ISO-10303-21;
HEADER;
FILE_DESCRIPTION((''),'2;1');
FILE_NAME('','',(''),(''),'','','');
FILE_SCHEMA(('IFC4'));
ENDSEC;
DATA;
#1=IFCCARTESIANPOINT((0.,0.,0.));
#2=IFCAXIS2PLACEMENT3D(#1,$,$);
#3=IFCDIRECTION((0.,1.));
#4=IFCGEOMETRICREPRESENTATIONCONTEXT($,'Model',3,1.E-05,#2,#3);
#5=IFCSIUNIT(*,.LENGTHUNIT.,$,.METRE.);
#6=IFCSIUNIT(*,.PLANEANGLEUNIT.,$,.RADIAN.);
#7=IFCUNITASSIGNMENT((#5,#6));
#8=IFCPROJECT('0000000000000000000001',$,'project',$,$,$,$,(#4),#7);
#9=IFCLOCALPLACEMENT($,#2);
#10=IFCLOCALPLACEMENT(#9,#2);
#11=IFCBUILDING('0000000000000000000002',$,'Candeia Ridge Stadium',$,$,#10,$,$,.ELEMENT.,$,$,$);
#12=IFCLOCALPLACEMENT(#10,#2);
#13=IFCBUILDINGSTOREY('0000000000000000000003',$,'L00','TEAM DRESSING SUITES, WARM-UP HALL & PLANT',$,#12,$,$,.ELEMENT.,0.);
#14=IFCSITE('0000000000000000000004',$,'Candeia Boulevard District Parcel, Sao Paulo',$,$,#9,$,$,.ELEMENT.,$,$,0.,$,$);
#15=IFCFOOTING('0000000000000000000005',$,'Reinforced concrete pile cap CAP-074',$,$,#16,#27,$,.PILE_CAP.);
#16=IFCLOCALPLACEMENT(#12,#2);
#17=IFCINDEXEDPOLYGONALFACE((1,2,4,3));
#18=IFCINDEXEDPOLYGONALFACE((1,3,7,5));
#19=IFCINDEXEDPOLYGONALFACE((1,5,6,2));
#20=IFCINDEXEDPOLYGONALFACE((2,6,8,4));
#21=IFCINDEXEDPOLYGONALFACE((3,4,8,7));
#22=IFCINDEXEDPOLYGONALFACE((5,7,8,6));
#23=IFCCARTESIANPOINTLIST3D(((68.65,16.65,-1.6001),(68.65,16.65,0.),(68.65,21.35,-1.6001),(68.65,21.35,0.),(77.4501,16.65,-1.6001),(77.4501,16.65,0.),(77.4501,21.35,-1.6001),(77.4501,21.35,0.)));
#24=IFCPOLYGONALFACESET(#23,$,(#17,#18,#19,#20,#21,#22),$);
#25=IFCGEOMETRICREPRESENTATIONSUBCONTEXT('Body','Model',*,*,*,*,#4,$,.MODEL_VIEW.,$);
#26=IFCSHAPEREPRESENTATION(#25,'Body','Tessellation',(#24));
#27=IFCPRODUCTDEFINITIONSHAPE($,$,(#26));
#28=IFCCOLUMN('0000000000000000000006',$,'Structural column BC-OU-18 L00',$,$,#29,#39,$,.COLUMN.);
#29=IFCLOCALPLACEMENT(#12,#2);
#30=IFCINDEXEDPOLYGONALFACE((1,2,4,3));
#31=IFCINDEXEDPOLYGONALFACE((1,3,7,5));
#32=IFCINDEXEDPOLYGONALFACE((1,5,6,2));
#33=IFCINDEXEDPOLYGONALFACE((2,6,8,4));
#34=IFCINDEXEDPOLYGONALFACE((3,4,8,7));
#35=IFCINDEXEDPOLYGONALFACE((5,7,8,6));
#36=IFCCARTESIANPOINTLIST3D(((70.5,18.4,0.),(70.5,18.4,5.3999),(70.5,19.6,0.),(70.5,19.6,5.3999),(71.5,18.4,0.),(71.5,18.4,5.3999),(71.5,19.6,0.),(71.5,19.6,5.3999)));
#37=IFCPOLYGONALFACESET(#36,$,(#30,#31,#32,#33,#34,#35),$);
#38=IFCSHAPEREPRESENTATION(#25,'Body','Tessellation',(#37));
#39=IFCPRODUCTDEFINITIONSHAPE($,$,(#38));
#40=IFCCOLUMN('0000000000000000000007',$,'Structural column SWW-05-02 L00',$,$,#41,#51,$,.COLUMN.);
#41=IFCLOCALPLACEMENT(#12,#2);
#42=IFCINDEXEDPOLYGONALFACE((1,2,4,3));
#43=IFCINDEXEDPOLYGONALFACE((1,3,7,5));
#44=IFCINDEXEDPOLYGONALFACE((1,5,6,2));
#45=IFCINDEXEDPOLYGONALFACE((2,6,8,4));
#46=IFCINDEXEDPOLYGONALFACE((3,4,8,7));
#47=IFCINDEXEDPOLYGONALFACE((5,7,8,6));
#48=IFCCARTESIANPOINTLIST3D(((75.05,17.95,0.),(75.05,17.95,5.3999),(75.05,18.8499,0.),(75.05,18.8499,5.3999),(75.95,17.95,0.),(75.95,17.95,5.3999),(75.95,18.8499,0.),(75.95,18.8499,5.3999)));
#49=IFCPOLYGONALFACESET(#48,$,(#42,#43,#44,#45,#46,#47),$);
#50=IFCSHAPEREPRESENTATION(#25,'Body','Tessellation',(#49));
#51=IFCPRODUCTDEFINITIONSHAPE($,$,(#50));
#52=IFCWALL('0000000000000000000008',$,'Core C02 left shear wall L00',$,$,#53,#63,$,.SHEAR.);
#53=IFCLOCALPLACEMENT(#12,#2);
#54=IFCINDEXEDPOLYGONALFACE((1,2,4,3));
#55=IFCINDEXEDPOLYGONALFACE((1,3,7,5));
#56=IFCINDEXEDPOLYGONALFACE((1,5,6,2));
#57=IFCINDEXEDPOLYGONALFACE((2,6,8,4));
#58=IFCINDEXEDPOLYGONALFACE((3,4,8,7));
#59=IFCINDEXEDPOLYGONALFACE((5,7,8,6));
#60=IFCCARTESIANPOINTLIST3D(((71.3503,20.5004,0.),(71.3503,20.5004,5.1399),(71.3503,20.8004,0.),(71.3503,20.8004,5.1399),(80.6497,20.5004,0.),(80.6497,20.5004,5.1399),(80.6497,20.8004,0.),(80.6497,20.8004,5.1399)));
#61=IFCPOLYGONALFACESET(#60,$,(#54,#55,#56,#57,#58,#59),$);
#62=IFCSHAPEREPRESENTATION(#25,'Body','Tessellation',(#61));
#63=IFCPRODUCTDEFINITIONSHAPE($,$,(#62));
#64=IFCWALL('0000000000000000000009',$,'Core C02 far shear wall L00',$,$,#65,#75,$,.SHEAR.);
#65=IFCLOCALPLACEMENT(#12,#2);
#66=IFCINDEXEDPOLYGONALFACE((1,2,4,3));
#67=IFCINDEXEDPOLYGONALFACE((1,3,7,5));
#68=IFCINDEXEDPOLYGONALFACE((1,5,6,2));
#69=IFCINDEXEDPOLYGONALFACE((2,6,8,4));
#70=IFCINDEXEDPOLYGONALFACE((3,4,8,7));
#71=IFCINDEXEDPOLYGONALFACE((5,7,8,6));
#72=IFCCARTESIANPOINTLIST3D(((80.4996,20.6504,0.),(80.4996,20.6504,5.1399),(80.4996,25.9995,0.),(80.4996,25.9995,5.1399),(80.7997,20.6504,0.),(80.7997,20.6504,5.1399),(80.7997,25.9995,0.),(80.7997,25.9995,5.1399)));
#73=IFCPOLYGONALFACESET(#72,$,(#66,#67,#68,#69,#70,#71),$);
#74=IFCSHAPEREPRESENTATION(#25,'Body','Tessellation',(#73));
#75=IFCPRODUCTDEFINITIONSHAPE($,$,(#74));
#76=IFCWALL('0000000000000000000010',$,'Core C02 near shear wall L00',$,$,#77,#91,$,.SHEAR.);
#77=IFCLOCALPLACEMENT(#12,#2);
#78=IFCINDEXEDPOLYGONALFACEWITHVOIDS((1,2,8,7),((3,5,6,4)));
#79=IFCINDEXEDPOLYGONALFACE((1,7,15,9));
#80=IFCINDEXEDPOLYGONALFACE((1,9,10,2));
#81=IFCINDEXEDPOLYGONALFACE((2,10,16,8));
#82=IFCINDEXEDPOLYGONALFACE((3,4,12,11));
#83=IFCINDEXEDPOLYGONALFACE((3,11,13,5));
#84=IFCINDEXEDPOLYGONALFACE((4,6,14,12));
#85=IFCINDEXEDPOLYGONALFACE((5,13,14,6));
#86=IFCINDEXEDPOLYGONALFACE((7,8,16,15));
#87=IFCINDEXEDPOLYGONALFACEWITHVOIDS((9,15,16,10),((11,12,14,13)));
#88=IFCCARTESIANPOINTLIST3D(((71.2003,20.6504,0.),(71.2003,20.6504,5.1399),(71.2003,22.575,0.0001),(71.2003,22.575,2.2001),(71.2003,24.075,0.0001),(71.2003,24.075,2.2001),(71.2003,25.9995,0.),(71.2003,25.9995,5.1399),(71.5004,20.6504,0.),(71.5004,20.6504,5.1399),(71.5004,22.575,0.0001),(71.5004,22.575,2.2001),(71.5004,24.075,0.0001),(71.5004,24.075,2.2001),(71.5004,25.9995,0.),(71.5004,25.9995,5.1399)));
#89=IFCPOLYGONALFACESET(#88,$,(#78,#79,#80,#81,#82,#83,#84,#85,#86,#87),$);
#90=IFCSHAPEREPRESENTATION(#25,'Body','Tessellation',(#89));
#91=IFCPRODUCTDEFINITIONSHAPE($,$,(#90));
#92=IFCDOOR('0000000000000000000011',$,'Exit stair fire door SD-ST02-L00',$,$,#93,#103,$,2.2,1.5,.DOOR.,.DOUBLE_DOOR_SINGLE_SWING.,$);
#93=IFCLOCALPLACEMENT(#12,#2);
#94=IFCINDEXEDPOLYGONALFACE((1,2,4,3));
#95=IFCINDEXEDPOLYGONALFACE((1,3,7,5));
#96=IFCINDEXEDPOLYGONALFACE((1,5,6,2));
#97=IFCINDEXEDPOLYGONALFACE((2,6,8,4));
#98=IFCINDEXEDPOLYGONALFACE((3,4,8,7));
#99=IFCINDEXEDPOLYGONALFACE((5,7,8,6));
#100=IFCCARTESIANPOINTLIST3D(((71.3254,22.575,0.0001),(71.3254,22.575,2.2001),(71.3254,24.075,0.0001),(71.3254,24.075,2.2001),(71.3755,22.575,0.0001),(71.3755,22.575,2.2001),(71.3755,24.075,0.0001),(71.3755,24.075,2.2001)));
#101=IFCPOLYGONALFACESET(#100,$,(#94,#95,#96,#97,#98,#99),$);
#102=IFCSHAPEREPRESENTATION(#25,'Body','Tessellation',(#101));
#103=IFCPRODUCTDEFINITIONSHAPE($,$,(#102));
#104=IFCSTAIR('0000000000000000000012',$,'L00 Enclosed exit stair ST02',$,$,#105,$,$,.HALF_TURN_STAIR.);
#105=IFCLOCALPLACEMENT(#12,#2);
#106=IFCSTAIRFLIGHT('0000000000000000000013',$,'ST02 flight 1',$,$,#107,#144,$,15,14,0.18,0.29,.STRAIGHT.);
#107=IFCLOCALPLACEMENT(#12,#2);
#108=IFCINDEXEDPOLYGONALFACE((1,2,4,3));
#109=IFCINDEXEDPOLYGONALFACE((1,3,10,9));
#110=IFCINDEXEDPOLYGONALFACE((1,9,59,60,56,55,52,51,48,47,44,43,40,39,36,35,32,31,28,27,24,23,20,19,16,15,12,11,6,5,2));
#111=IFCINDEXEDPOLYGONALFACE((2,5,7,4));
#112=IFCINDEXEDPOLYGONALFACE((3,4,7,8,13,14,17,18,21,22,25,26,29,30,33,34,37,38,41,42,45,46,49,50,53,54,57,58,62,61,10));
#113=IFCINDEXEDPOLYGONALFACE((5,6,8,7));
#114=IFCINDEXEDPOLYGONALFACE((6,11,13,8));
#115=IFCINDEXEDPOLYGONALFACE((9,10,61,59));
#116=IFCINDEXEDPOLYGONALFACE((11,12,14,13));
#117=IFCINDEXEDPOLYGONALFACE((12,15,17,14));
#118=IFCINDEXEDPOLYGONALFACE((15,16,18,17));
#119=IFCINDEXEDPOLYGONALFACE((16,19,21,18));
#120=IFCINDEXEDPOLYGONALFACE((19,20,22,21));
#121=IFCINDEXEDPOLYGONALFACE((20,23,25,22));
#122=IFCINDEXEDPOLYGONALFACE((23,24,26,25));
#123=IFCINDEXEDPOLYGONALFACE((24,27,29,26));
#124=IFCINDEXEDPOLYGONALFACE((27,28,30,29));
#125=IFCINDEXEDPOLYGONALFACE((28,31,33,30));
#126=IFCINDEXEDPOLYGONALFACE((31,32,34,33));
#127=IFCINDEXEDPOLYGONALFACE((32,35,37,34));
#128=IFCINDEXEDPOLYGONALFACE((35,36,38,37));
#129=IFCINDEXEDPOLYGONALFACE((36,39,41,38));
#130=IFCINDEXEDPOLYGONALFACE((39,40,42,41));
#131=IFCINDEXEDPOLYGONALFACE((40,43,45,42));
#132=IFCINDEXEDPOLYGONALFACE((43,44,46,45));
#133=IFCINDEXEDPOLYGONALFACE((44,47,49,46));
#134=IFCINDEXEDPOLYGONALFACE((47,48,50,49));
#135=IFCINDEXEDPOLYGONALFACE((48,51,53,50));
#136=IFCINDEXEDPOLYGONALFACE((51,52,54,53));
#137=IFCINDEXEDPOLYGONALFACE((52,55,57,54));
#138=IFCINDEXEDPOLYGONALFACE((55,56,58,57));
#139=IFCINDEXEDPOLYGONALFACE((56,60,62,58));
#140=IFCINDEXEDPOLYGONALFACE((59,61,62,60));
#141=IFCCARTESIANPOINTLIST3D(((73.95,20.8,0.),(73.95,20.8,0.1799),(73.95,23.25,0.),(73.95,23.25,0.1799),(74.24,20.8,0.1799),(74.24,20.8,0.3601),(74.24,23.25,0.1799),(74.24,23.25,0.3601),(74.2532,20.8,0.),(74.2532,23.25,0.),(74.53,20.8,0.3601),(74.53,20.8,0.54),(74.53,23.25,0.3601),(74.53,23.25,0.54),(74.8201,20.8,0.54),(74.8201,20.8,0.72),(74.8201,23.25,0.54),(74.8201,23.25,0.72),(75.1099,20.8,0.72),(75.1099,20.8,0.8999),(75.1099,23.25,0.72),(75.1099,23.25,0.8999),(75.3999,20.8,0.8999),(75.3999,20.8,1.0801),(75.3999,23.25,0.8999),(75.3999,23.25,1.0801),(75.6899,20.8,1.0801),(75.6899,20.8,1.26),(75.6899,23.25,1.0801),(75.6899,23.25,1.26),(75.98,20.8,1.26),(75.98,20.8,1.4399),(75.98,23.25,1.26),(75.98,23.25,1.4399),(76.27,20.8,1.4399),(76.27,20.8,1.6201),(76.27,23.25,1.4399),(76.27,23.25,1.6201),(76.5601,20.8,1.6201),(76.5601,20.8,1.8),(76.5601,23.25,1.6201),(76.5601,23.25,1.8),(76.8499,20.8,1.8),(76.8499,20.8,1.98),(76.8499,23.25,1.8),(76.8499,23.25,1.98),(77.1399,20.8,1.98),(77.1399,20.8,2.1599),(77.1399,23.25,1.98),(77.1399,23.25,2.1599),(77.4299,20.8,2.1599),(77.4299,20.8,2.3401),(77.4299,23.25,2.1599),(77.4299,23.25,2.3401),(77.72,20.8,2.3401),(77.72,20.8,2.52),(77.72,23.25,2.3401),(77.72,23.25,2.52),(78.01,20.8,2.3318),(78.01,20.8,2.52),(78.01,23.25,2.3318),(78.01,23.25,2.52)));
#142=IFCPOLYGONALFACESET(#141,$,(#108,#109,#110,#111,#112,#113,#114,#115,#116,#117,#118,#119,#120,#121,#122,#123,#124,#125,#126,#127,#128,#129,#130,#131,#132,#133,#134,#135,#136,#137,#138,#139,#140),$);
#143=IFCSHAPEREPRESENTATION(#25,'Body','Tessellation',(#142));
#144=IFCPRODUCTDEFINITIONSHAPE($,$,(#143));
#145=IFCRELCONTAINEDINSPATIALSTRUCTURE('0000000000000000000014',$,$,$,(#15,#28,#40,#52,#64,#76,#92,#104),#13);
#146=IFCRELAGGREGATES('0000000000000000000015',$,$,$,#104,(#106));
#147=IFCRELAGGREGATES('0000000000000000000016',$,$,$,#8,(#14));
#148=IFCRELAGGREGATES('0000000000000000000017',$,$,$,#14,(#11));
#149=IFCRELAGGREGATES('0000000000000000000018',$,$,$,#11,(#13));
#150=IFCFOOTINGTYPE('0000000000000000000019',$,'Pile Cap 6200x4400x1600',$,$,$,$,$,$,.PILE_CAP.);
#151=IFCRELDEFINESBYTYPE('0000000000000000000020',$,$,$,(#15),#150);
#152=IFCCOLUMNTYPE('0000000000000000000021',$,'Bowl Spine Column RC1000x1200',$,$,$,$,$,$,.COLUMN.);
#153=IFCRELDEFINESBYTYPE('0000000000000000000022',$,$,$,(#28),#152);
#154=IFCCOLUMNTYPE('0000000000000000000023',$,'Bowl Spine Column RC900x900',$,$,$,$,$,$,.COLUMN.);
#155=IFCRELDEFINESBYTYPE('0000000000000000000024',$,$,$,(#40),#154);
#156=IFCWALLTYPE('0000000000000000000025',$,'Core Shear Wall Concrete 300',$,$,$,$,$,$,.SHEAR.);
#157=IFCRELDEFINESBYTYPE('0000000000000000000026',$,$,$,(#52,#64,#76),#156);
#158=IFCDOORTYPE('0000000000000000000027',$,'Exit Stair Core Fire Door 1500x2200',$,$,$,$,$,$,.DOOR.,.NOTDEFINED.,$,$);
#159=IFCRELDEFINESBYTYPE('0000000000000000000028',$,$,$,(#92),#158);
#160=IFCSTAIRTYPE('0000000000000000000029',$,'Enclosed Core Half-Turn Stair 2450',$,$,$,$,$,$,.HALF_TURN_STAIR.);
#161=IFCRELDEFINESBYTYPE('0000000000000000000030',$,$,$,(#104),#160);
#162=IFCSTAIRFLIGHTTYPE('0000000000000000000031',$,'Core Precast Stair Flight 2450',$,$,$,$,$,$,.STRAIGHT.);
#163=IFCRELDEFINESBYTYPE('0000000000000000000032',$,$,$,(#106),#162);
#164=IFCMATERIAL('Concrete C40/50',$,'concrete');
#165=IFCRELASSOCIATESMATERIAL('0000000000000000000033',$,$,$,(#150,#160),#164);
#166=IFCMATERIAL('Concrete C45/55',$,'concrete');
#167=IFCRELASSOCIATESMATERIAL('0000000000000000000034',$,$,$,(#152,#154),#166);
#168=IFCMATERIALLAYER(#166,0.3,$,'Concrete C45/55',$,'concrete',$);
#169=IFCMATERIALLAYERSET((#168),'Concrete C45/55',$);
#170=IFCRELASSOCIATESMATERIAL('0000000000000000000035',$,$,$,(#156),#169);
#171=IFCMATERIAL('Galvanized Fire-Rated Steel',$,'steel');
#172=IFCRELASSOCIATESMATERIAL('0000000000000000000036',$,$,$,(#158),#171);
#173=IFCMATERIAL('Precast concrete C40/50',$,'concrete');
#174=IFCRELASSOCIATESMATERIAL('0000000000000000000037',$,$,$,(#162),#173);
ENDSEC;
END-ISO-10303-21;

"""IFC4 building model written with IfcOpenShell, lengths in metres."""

from ifc_helpers import new_model, si_unit, direction, frame, frame_2d, origin, origin_2d, place, context, subcontext, project, spatial, polyline, rectangle, outline, extrude, material, layer, layer_set, material_profile, profile_set, type_object, element, fill, aggregate, save


model = new_model("IFC4")

# Units and contexts
model_context = context("Model", 3, precision=1e-05, world=origin(), true_north=direction((0.0, 1.0)))
body_context = subcontext(model_context, "Body", "Model", "MODEL_VIEW")
ifc_project = project(units=[si_unit("LENGTHUNIT", "METRE"), si_unit("PLANEANGLEUNIT", "RADIAN")], contexts=[model_context])

# Site, building, storey
site_placement = place(None, origin())
site = spatial("IfcSite", under=ifc_project, at=site_placement, Name="Candeia Boulevard District Parcel, Sao Paulo", CompositionType="ELEMENT", RefElevation=0.0)
building_placement = place(site_placement, origin())
building = spatial("IfcBuilding", under=site, at=building_placement, Name="Candeia Ridge Stadium", CompositionType="ELEMENT")
storey_placement = place(building_placement, origin())
storey = spatial("IfcBuildingStorey", under=building, at=storey_placement, Name="L00", Description="TEAM DRESSING SUITES, WARM-UP HALL & PLANT", CompositionType="ELEMENT", Elevation=0.0)

# Shared definitions
ifc_material_1 = material(Name="Concrete C40/50", Category="concrete")

# Footing
footing_type_1 = type_object("IfcFootingType", Name="Pile Cap 6200x4400x1600", PredefinedType="PILE_CAP", material=ifc_material_1)
footing_1_placement = place(storey_placement, frame((73.05, 19.0, -1.6001), z_axis=(0.0, 0.0, 1.0), x_axis=(1.0, 0.0, 0.0)))
element("IfcFooting", 1, at=footing_1_placement, inside=storey, type_object=footing_type_1, Name="Reinforced concrete pile cap CAP-074", PredefinedType="PILE_CAP", context=body_context, shape_type="SweptSolid", body=[
    extrude(rectangle(XDim=8.8, YDim=4.7, at=origin_2d()), origin(), (0.0, 0.0, 1.0), 1.6001),
])

# Columns
ifc_material_2 = material(Name="Concrete C45/55", Category="concrete")
ifc_material_profile_1 = material_profile(ifc_material_2, rectangle(XDim=1.0, YDim=1.2, at=origin_2d()), Name="RC1000x1200", Category="concrete")
ifc_profile_set_1 = profile_set([ifc_material_profile_1], Name="Concrete C45/55")
column_type_1 = type_object("IfcColumnType", Name="Bowl Spine Column RC1000x1200", PredefinedType="COLUMN", material=ifc_profile_set_1)
column_1_placement = place(storey_placement, frame((71.0, 19.0, 0.0), z_axis=(0.0, 0.0, 1.0), x_axis=(1.0, 0.0, 0.0)))
element("IfcColumn", 2, at=column_1_placement, inside=storey, type_object=column_type_1, Name="Structural column BC-OU-18 L00", PredefinedType="COLUMN", context=body_context, shape_type="SweptSolid", body=[
    extrude(rectangle(XDim=1.0, YDim=1.2, at=origin_2d()), origin(), (0.0, 0.0, 1.0), 5.3999),
])
ifc_material_profile_2 = material_profile(ifc_material_2, rectangle(XDim=0.8999, YDim=0.8999, at=origin_2d()), Name="RC900x900", Category="concrete")
ifc_profile_set_2 = profile_set([ifc_material_profile_2], Name="Concrete C45/55")
column_type_2 = type_object("IfcColumnType", Name="Bowl Spine Column RC900x900", PredefinedType="COLUMN", material=ifc_profile_set_2)
column_2_placement = place(storey_placement, frame((75.5, 18.3999, 0.0), z_axis=(0.0, 0.0, 1.0), x_axis=(1.0, 0.0, 0.0)))
element("IfcColumn", 3, at=column_2_placement, inside=storey, type_object=column_type_2, Name="Structural column SWW-05-02 L00", PredefinedType="COLUMN", context=body_context, shape_type="SweptSolid", body=[
    extrude(rectangle(XDim=0.8999, YDim=0.8999, at=origin_2d()), origin(), (0.0, 0.0, 1.0), 5.3999),
])

# Walls
ifc_layer_1 = layer(ifc_material_2, 0.3, Name="Concrete C45/55", Category="concrete")
ifc_layer_set_1 = layer_set([ifc_layer_1], Name="Concrete C45/55")
wall_type = type_object("IfcWallType", Name="Core Shear Wall Concrete 300", PredefinedType="SHEAR", material=ifc_layer_set_1)
wall_1_placement = place(storey_placement, frame((71.3503, 20.6504, 0.0), z_axis=(0.0, 0.0, 1.0), x_axis=(1.0, 0.0, 0.0)))
element("IfcWall", 4, at=wall_1_placement, inside=storey, type_object=wall_type, Name="Core C02 left shear wall L00", PredefinedType="SHEAR", context=body_context, shape_type="SweptSolid", body=[
    extrude(rectangle(XDim=9.2993, YDim=0.3, at=frame_2d((4.6497, 0.0))), origin(), (0.0, 0.0, 1.0), 5.1399),
])
wall_2_placement = place(storey_placement, frame((80.6497, 20.6504, 0.0), z_axis=(0.0, 0.0, 1.0), x_axis=(0.0, 1.0, 0.0)))
element("IfcWall", 5, at=wall_2_placement, inside=storey, type_object=wall_type, Name="Core C02 far shear wall L00", PredefinedType="SHEAR", context=body_context, shape_type="SweptSolid", body=[
    extrude(rectangle(XDim=5.3491, YDim=0.3, at=frame_2d((2.6746, 0.0))), origin(), (0.0, 0.0, 1.0), 5.1399),
])

# Wall, opening, door
wall_3_placement = place(storey_placement, frame((71.3503, 25.9995, 0.0), z_axis=(0.0, 0.0, 1.0), x_axis=(0.0, -1.0, 0.0)))
wall_3 = element("IfcWall", 6, at=wall_3_placement, inside=storey, type_object=wall_type, Name="Core C02 near shear wall L00", PredefinedType="SHEAR", context=body_context, shape_type="SweptSolid", body=[
    extrude(rectangle(XDim=5.3491, YDim=0.3, at=frame_2d((2.6746, 0.0))), origin(), (0.0, 0.0, 1.0), 5.1399),
])
opening_placement = place(wall_3_placement, frame((1.9246, 0.0, 0.0)))
opening = element("IfcOpeningElement", 7, at=opening_placement, cuts=wall_3, PredefinedType="OPENING", context=body_context, shape_type="SweptSolid", body=[
    extrude(rectangle(XDim=1.5, YDim=2.2, at=frame_2d((0.75, 1.1001))), frame((0.0, 0.1599, 0.0), z_axis=(0.0, -1.0, 0.0), x_axis=(1.0, 0.0, 0.0)), (0.0, 0.0, 1.0), 0.3201),
])
ifc_material_3 = material(Name="Galvanized Fire-Rated Steel", Category="steel")
door_type = type_object("IfcDoorType", Name="Exit Stair Core Fire Door 1500x2200", OperationType="NOTDEFINED", PredefinedType="DOOR", material=ifc_material_3)
door_placement = place(opening_placement, frame((1.5, 0.0, 0.0), z_axis=(0.0, 0.0, 1.0), x_axis=(-1.0, 0.0, 0.0)))
door = element("IfcDoor", 8, at=door_placement, inside=storey, type_object=door_type, Name="Exit stair fire door SD-ST02-L00", OperationType="DOUBLE_DOOR_SINGLE_SWING", OverallHeight=2.2, OverallWidth=1.5, PredefinedType="DOOR", context=body_context, shape_type="SweptSolid", body=[
    extrude(rectangle(XDim=1.5, YDim=2.2, at=frame_2d((0.75, 1.1001))), frame((0.0, 0.0249, 0.0), z_axis=(0.0, -1.0, 0.0), x_axis=(1.0, 0.0, 0.0)), (0.0, 0.0, 1.0), 0.05),
])
fill(opening, door)

# Stair, stair flight
stair_type = type_object("IfcStairType", Name="Enclosed Core Half-Turn Stair 2450", PredefinedType="HALF_TURN_STAIR", material=ifc_material_1)
stair_placement = place(storey_placement, origin())
stair = element("IfcStair", 9, at=stair_placement, inside=storey, type_object=stair_type, Name="L00 Enclosed exit stair ST02", PredefinedType="HALF_TURN_STAIR")
ifc_material_4 = material(Name="Precast concrete C40/50", Category="concrete")
stair_flight_type = type_object("IfcStairFlightType", Name="Core Precast Stair Flight 2450", PredefinedType="STRAIGHT", material=ifc_material_4)
stair_flight_1_placement = place(storey_placement, frame((73.95, 22.0249, 0.0), z_axis=(0.0, 0.0, 1.0), x_axis=(1.0, 0.0, 0.0)))
stair_flight_1 = element("IfcStairFlight", 10, at=stair_flight_1_placement, type_object=stair_flight_type, Name="ST02 flight 1", NumberOfRisers=15, NumberOfTreads=14, PredefinedType="STRAIGHT", RiserHeight=0.18, TreadLength=0.29, context=body_context, shape_type="SweptSolid", body=[
    extrude(outline(polyline([(0.0, 0.0), (0.0, 0.1799), (0.29, 0.1799), (0.29, 0.3601), (0.5801, 0.3601), (0.5801, 0.54), (0.8701, 0.54), (0.8701, 0.72), (1.1599, 0.72), (1.1599, 0.8999), (1.45, 0.8999), (1.45, 1.0801), (1.74, 1.0801), (1.74, 1.26), (2.03, 1.26), (2.03, 1.4399), (2.3201, 1.4399), (2.3201, 1.6201), (2.6101, 1.6201), (2.6101, 1.8), (2.8999, 1.8), (2.8999, 1.98), (3.1899, 1.98), (3.1899, 2.1599), (3.48, 2.1599), (3.48, 2.3401), (3.77, 2.3401), (3.77, 2.52), (4.0601, 2.52), (4.0601, 2.7), (4.0601, 2.3318), (0.3032, 0.0), (0.0, 0.0)])), frame((0.0, 1.2251, 0.0), z_axis=(0.0, -1.0, 0.0), x_axis=(1.0, 0.0, 0.0)), (0.0, 0.0, 1.0), 2.45),
])
aggregate(stair, [stair_flight_1])

save(model, "model.ifc")
